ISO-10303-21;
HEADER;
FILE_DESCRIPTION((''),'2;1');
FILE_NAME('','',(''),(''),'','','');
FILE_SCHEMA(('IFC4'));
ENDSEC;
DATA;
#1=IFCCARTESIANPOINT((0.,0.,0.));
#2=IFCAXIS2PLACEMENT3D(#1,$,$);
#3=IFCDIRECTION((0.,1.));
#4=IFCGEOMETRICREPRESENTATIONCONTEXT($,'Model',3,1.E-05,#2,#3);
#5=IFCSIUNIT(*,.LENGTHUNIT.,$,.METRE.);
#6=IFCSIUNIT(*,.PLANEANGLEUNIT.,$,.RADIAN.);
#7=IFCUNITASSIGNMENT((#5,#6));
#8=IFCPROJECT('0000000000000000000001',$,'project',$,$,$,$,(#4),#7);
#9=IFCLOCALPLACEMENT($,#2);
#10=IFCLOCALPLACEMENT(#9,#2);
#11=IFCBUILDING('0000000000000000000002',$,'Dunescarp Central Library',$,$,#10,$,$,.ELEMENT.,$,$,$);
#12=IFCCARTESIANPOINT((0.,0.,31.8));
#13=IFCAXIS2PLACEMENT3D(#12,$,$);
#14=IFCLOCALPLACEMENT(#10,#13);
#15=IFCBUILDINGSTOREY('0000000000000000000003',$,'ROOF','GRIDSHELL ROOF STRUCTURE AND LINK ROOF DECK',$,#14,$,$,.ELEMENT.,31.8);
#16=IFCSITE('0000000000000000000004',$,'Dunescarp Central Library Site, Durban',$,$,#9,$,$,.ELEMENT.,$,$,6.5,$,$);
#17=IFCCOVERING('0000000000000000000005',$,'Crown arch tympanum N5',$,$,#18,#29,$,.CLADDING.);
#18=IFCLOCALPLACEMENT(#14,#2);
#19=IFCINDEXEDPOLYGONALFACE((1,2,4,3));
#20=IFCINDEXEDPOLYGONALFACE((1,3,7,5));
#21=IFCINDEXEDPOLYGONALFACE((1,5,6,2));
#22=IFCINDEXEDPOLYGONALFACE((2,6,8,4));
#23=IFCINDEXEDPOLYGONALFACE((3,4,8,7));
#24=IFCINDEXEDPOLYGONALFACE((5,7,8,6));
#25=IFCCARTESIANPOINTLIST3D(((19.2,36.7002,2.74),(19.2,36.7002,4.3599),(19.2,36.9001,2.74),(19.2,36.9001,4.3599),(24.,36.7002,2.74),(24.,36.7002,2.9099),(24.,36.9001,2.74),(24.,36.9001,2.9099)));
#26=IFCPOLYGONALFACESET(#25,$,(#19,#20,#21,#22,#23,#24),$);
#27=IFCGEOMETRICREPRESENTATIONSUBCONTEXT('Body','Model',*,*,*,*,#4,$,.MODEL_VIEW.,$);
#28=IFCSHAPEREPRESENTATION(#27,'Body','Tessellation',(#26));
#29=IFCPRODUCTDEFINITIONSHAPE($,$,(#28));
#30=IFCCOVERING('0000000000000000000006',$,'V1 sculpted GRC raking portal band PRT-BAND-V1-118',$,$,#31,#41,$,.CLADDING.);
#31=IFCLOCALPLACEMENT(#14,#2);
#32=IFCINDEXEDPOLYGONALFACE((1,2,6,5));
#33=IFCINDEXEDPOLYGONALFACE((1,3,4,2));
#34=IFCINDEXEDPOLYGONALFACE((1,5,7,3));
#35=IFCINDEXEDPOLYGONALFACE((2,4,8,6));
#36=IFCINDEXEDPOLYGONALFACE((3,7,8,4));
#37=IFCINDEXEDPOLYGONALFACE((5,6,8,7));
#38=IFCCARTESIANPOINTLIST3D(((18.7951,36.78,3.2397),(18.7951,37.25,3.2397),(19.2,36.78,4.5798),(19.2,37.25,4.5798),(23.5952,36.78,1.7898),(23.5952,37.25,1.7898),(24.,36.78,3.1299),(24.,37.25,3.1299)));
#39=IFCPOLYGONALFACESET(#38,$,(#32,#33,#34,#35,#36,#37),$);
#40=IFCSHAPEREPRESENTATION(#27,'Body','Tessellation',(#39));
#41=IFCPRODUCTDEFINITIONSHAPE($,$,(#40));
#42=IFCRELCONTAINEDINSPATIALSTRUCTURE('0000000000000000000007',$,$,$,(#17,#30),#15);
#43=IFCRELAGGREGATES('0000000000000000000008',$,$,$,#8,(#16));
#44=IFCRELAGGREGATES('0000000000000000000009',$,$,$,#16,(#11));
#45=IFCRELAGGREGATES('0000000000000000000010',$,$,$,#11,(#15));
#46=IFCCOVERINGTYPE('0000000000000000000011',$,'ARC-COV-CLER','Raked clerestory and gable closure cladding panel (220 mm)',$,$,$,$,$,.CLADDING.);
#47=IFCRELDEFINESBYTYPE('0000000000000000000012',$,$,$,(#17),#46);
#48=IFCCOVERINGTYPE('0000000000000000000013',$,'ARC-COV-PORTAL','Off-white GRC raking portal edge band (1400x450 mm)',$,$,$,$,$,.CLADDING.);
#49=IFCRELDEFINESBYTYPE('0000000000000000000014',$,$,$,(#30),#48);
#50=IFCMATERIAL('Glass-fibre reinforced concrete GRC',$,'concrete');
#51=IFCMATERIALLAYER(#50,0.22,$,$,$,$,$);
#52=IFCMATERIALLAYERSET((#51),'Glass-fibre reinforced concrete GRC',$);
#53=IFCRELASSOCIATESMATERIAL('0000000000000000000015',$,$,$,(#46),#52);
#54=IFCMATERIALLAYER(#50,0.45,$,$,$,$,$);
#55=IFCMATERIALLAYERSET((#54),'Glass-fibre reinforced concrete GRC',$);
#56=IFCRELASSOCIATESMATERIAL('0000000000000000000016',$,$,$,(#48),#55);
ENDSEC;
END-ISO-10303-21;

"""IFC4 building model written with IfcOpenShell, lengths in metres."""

from ifc_helpers import new_model, si_unit, direction, frame, origin, place, context, subcontext, project, spatial, polyline, outline, extrude, material, layer, layer_set, type_object, element, save


model = new_model("IFC4")

# Units and contexts
model_context = context("Model", 3, precision=1e-05, world=origin(), true_north=direction((0.0, 1.0)))
body_context = subcontext(model_context, "Body", "Model", "MODEL_VIEW")
ifc_project = project(units=[si_unit("LENGTHUNIT", "METRE"), si_unit("PLANEANGLEUNIT", "RADIAN")], contexts=[model_context])

# Site, building, storey
site_placement = place(None, origin())
site = spatial("IfcSite", under=ifc_project, at=site_placement, Name="Dunescarp Central Library Site, Durban", CompositionType="ELEMENT", RefElevation=6.5)
building_placement = place(site_placement, origin())
building = spatial("IfcBuilding", under=site, at=building_placement, Name="Dunescarp Central Library", CompositionType="ELEMENT")
storey_placement = place(building_placement, frame((0.0, 0.0, 31.8)))
storey = spatial("IfcBuildingStorey", under=building, at=storey_placement, Name="ROOF", Description="GRIDSHELL ROOF STRUCTURE AND LINK ROOF DECK", CompositionType="ELEMENT", Elevation=31.8)

# Coverings
ifc_material_1 = material(Name="Glass-fibre reinforced concrete GRC", Category="concrete")
ifc_layer_1 = layer(ifc_material_1, 0.22)
ifc_layer_set_1 = layer_set([ifc_layer_1], Name="Glass-fibre reinforced concrete GRC")
covering_type_1 = type_object("IfcCoveringType", Name="ARC-COV-CLER", Description="Raked clerestory and gable closure cladding panel (220 mm)", PredefinedType="CLADDING", material=ifc_layer_set_1)
covering_1_placement = place(storey_placement, frame((19.2, 36.8, 2.74), z_axis=(0.0, 0.0, 1.0), x_axis=(1.0, 0.0, 0.0)))
element("IfcCovering", 1, at=covering_1_placement, inside=storey, type_object=covering_type_1, Name="Crown arch tympanum N5", PredefinedType="CLADDING", context=body_context, shape_type="SweptSolid", body=[
    extrude(outline(polyline([(0.0, 0.0), (4.8, 0.0), (4.8, 0.1699), (0.0, 1.6199), (0.0, 0.0)])), frame((0.0, 0.1001, 0.0), z_axis=(0.0, -1.0, 0.0), x_axis=(1.0, 0.0, 0.0)), (0.0, 0.0, 1.0), 0.2),
])
ifc_layer_2 = layer(ifc_material_1, 0.45)
ifc_layer_set_2 = layer_set([ifc_layer_2], Name="Glass-fibre reinforced concrete GRC")
covering_type_2 = type_object("IfcCoveringType", Name="ARC-COV-PORTAL", Description="Off-white GRC raking portal edge band (1400x450 mm)", PredefinedType="CLADDING", material=ifc_layer_set_2)
covering_2_placement = place(storey_placement, frame((19.2, 36.78, 4.5798), z_axis=(0.289165, 0.0, 0.957279), x_axis=(0.957279, 0.0, -0.289165)))
element("IfcCovering", 2, at=covering_2_placement, inside=storey, type_object=covering_type_2, Name="V1 sculpted GRC raking portal band PRT-BAND-V1-118", PredefinedType="CLADDING", context=body_context, shape_type="SweptSolid", body=[
    extrude(outline(polyline([(0.0, 0.0), (5.0143, 0.0), (5.0143, 0.47), (0.0, 0.47), (0.0, 0.0)])), origin(), (0.0, 0.0, -1.0), 1.3999),
])

save(model, "model.ifc")
